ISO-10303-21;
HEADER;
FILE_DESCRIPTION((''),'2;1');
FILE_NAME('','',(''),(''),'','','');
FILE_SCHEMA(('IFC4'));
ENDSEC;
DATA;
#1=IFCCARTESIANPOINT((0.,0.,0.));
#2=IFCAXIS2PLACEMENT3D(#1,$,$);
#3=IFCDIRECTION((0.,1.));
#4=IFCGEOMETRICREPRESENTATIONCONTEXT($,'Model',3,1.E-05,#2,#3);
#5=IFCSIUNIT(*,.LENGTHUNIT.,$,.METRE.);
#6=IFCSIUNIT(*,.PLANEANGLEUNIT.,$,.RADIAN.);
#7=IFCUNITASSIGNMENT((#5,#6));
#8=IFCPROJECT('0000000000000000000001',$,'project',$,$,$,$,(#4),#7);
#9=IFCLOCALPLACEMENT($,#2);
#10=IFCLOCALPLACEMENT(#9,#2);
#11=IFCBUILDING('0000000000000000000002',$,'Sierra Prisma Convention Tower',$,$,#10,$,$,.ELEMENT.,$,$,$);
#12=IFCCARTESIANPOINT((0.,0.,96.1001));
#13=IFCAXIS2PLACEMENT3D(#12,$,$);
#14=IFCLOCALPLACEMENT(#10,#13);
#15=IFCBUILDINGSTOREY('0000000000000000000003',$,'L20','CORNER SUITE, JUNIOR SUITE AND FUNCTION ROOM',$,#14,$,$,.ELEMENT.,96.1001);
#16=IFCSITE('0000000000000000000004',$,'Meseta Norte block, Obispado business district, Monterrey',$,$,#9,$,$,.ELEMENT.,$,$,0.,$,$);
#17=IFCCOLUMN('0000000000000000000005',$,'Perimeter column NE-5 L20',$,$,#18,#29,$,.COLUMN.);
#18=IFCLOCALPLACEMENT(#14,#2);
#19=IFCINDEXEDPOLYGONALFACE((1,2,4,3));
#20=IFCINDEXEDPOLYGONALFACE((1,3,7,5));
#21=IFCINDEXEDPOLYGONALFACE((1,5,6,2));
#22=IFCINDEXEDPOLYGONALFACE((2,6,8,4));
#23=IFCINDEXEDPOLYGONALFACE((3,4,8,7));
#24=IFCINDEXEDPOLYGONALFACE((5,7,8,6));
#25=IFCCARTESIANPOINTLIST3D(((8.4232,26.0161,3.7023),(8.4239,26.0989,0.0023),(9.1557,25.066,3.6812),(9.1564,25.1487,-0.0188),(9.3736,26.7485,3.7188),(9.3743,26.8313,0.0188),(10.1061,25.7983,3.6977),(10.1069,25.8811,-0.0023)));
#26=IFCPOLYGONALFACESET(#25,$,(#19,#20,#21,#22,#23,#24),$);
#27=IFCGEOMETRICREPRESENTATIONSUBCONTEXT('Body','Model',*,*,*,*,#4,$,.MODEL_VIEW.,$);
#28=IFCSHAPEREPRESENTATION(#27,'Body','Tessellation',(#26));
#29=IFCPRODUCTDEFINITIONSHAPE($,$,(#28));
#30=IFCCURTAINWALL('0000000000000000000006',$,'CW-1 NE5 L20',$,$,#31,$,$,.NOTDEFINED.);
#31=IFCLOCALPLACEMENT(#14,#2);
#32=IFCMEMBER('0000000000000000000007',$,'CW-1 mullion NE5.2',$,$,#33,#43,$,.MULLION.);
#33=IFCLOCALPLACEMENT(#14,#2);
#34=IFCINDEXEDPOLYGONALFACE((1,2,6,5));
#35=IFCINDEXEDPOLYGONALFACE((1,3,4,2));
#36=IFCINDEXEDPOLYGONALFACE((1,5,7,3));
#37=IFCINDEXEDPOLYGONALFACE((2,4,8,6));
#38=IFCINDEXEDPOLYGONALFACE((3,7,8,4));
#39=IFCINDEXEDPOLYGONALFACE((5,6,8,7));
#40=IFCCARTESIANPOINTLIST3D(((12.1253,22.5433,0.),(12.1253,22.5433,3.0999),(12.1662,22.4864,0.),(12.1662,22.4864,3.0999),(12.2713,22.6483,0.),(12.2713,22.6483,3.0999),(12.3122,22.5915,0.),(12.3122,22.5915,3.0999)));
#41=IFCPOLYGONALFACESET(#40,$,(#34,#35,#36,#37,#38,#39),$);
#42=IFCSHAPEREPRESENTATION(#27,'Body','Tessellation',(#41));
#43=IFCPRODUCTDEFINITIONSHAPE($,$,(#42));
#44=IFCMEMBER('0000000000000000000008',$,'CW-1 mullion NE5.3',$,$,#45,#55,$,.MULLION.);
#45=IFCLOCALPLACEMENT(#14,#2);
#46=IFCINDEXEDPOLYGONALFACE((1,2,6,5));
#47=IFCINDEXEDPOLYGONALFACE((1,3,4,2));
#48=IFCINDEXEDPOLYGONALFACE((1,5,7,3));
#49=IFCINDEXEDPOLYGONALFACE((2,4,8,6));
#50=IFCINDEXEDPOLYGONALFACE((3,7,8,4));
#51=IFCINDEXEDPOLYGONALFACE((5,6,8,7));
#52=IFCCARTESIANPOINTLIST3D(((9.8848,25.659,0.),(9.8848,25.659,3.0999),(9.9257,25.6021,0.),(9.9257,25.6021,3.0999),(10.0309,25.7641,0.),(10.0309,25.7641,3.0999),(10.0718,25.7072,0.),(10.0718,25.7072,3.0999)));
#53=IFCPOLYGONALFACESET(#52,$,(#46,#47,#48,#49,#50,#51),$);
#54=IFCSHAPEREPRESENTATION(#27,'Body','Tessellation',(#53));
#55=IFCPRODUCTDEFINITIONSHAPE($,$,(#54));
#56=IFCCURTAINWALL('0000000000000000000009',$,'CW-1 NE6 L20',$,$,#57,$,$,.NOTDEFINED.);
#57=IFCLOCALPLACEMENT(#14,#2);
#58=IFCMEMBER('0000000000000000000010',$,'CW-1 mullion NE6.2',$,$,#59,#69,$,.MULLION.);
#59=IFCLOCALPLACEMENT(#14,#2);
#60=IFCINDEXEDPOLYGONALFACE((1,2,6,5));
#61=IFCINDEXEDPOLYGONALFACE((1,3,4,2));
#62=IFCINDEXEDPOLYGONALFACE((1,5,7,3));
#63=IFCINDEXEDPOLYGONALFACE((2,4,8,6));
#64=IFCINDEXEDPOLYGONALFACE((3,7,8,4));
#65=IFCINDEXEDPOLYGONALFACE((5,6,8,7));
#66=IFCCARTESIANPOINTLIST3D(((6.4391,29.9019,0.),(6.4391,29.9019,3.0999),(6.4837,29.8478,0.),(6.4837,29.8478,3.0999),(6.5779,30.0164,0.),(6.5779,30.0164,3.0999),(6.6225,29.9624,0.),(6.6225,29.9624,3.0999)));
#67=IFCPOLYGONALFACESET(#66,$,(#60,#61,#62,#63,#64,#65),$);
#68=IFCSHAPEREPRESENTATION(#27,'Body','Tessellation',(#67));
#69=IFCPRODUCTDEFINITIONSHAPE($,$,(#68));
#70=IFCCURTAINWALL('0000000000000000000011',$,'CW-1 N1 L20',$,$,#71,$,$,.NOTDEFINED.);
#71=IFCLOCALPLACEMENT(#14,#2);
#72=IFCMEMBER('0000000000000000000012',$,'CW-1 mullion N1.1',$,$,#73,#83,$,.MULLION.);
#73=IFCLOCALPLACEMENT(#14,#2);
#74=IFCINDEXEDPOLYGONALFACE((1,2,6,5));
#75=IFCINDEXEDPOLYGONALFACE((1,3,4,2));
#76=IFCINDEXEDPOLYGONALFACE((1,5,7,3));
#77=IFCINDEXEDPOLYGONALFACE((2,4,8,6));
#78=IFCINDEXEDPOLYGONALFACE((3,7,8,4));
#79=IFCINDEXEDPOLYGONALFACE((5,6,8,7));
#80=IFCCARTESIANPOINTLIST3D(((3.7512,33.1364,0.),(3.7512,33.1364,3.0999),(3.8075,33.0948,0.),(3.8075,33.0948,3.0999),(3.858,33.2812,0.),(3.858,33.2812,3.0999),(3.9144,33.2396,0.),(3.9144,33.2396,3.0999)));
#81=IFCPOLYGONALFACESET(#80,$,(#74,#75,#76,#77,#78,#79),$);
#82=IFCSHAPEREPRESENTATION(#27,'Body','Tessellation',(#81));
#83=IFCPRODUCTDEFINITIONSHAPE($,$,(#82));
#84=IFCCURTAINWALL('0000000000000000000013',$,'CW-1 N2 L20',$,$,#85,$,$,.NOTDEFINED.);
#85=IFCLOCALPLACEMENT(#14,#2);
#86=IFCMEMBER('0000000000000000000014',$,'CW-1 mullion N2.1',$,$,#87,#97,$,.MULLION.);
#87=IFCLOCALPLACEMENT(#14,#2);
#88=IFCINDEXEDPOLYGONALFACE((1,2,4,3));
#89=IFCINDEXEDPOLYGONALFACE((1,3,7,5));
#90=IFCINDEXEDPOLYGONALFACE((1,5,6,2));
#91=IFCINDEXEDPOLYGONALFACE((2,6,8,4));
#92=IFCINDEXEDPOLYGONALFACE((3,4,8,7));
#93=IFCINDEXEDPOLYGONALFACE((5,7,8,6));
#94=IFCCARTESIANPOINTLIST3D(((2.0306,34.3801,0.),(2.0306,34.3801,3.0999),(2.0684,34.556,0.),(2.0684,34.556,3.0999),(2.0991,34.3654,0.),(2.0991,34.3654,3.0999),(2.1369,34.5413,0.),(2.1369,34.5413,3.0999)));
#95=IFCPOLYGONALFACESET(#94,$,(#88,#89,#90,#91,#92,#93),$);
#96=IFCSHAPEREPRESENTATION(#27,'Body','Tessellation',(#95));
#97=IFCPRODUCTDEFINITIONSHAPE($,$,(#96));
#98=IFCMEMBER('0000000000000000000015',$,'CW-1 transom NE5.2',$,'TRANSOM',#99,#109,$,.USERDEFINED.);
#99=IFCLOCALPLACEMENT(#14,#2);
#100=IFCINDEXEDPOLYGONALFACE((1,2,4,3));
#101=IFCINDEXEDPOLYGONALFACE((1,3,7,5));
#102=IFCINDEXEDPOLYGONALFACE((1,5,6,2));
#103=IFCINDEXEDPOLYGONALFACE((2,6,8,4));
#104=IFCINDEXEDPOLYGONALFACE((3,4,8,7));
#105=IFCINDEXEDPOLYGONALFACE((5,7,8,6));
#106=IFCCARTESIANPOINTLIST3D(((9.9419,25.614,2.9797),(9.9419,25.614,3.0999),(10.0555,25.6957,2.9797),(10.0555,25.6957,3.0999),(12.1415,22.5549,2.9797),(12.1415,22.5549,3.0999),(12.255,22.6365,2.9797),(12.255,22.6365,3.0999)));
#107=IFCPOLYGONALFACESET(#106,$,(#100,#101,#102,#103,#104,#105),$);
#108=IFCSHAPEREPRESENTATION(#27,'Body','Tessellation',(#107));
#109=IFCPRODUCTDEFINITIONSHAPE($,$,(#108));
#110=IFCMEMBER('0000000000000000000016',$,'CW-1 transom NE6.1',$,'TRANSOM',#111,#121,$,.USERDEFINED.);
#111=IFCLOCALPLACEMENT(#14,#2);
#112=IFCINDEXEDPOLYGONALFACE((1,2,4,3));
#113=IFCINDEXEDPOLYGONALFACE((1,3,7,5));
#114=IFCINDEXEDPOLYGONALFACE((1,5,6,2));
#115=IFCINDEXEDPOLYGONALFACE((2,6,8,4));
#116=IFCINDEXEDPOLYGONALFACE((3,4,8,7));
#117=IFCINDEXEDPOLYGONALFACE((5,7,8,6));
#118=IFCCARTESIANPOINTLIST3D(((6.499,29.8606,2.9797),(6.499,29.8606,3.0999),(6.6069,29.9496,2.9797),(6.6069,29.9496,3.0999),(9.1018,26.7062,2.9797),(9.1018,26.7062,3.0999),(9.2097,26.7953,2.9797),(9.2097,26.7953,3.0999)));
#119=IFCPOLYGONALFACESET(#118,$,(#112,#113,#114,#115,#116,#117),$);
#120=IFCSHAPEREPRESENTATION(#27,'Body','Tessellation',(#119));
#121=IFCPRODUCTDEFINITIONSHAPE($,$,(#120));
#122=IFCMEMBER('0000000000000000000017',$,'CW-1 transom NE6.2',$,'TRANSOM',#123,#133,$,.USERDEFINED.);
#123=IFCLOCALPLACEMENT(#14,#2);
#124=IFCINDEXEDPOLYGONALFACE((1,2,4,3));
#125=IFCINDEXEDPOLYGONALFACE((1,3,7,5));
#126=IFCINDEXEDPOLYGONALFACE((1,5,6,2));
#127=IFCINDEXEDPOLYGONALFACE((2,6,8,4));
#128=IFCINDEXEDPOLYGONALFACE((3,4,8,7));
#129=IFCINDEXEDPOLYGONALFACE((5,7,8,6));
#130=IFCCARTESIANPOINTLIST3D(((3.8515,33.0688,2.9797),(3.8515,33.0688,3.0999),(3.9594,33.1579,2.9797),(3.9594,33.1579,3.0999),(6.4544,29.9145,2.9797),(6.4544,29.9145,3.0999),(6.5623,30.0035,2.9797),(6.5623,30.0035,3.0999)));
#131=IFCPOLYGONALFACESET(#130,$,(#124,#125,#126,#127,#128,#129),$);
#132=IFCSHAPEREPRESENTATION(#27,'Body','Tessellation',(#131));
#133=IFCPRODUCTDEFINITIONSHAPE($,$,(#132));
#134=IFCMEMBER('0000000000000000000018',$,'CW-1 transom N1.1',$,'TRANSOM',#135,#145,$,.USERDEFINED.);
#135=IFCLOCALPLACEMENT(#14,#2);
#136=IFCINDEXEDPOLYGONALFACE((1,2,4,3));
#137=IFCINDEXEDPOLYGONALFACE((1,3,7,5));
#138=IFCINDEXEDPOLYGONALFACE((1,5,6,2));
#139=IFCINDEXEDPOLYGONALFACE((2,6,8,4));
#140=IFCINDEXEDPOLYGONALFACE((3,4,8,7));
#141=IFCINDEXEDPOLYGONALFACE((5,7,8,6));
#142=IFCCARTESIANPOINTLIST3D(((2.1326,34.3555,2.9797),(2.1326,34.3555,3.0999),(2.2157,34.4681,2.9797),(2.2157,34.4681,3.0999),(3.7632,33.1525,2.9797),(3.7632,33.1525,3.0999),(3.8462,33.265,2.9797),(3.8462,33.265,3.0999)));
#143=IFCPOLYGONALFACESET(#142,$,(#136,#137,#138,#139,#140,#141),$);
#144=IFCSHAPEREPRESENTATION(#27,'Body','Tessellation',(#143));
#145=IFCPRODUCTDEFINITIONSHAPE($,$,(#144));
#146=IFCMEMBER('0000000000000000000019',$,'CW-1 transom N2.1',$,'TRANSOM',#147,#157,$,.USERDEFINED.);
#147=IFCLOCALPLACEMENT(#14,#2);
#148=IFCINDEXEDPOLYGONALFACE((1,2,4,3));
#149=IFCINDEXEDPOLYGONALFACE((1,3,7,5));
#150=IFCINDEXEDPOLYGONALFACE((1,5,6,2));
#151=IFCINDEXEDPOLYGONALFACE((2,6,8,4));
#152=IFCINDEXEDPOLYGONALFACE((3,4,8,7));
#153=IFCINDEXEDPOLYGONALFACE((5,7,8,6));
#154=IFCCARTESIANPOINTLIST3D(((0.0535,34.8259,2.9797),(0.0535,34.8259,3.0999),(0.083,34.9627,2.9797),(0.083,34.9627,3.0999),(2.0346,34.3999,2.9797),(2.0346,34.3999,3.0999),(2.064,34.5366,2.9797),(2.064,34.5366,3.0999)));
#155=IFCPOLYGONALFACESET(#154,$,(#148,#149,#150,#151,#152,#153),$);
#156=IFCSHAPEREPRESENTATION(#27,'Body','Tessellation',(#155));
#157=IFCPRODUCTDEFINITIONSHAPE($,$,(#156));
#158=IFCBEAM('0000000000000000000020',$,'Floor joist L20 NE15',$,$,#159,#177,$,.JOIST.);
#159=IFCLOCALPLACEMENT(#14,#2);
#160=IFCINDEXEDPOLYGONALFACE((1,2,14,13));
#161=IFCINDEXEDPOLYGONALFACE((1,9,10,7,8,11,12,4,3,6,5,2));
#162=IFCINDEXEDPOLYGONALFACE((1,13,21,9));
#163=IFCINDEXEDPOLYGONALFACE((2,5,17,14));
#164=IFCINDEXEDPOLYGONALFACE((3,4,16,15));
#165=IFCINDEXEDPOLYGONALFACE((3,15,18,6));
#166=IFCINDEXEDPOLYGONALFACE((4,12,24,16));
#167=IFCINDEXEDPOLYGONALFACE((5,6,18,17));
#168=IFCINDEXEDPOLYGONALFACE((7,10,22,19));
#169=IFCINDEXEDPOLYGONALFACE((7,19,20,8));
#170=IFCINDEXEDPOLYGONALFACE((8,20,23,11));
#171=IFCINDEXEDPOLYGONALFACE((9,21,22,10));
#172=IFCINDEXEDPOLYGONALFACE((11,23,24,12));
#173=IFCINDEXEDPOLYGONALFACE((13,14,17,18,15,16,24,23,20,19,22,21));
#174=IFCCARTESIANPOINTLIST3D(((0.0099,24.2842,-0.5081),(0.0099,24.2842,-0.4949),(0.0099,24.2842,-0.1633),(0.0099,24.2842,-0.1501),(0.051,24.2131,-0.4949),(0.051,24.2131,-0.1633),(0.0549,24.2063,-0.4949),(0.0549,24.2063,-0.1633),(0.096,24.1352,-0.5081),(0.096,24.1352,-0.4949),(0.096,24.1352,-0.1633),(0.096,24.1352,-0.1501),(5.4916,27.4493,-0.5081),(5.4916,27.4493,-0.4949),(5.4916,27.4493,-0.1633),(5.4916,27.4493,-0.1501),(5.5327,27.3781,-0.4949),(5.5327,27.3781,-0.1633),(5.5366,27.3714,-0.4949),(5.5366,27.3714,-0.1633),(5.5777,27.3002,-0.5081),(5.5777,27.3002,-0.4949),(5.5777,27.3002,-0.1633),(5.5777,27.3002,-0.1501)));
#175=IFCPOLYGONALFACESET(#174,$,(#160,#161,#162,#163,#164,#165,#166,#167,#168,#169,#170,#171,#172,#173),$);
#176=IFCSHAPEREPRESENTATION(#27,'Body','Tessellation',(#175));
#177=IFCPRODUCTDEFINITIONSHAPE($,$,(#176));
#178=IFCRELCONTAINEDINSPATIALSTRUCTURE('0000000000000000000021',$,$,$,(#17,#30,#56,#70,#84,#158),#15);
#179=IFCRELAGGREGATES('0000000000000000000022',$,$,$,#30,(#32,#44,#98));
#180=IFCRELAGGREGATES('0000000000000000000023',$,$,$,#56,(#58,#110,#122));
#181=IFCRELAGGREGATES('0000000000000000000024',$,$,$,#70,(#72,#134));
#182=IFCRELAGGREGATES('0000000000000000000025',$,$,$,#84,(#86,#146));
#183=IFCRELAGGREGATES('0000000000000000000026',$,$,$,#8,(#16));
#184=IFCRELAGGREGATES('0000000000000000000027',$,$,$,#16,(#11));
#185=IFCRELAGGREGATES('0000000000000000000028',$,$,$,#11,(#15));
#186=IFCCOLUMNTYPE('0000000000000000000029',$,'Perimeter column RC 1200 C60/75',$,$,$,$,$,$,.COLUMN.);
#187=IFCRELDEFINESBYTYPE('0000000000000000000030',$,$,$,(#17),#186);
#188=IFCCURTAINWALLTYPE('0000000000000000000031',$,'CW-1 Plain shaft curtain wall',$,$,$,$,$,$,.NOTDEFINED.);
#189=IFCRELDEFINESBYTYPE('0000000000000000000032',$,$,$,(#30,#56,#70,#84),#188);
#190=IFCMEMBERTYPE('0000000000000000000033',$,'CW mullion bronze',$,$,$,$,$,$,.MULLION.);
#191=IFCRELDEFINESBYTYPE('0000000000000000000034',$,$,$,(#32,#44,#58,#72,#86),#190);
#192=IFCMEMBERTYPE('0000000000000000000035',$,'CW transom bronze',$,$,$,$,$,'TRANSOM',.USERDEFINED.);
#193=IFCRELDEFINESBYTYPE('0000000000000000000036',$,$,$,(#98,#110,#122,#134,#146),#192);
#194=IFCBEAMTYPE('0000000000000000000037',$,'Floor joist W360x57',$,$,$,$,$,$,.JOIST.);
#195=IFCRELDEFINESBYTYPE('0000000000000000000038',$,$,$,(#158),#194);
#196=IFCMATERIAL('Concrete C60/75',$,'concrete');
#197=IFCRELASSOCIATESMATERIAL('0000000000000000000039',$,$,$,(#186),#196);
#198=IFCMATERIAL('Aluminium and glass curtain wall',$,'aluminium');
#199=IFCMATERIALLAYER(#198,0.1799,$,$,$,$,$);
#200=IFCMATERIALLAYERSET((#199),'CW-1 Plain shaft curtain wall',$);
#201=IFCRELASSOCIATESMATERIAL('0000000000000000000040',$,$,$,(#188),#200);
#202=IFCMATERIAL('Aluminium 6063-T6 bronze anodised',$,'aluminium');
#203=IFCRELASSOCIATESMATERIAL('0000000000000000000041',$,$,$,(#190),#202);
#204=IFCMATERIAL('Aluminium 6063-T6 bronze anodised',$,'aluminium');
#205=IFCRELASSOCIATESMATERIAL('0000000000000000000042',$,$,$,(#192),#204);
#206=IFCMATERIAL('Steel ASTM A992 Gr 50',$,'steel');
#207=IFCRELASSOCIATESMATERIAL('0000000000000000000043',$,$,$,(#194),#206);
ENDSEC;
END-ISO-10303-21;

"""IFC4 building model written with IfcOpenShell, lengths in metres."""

from ifc_helpers import new_model, si_unit, direction, frame, origin, origin_2d, place, context, subcontext, project, spatial, rectangle, i_section, extrude, material, layer, layer_set, material_profile, profile_set, type_object, element, aggregate, save


model = new_model("IFC4")

# Units and contexts
model_context = context("Model", 3, precision=1e-05, world=origin(), true_north=direction((0.0, 1.0)))
body_context = subcontext(model_context, "Body", "Model", "MODEL_VIEW")
ifc_project = project(units=[si_unit("LENGTHUNIT", "METRE"), si_unit("PLANEANGLEUNIT", "RADIAN")], contexts=[model_context])

# Site, building, storey
site_placement = place(None, origin())
site = spatial("IfcSite", under=ifc_project, at=site_placement, Name="Meseta Norte block, Obispado business district, Monterrey", CompositionType="ELEMENT", RefElevation=0.0)
building_placement = place(site_placement, origin())
building = spatial("IfcBuilding", under=site, at=building_placement, Name="Sierra Prisma Convention Tower", CompositionType="ELEMENT")
storey_placement = place(building_placement, frame((0.0, 0.0, 96.1001)))
storey = spatial("IfcBuildingStorey", under=building, at=storey_placement, Name="L20", Description="CORNER SUITE, JUNIOR SUITE AND FUNCTION ROOM", CompositionType="ELEMENT", Elevation=96.1001)

# Column
ifc_material_1 = material(Name="Concrete C60/75", Category="concrete")
ifc_material_profile_1 = material_profile(ifc_material_1, rectangle(XDim=1.2, YDim=1.2, at=origin_2d()), Name="Perimeter column RC 1200 C60/75")
ifc_profile_set_1 = profile_set([ifc_material_profile_1], Name="Concrete C60/75")
column_type = type_object("IfcColumnType", Name="Perimeter column RC 1200 C60/75", PredefinedType="COLUMN", material=ifc_profile_set_1)
column_placement = place(storey_placement, frame((9.2654, 25.99, 0.0), z_axis=(-0.000198, -0.022363, 0.99975), x_axis=(-0.610473, 0.791842, 0.017592)))
element("IfcColumn", 1, at=column_placement, inside=storey, type_object=column_type, Name="Perimeter column NE-5 L20", PredefinedType="COLUMN", context=body_context, shape_type="SweptSolid", body=[
    extrude(rectangle(XDim=1.2, YDim=1.2, at=origin_2d()), origin(), (0.0, 0.0, 1.0), 3.7009),
])

# Curtain wall, members
ifc_material_2 = material(Name="Aluminium and glass curtain wall", Category="aluminium")
ifc_layer_1 = layer(ifc_material_2, 0.1799)
ifc_layer_set_1 = layer_set([ifc_layer_1], Name="CW-1 Plain shaft curtain wall")
curtain_wall_type = type_object("IfcCurtainWallType", Name="CW-1 Plain shaft curtain wall", PredefinedType="NOTDEFINED", material=ifc_layer_set_1)
curtain_wall_1_placement = place(storey_placement, origin())
curtain_wall_1 = element("IfcCurtainWall", 2, at=curtain_wall_1_placement, inside=storey, type_object=curtain_wall_type, Name="CW-1 NE5 L20", PredefinedType="NOTDEFINED")
ifc_material_3 = material(Name="Aluminium 6063-T6 bronze anodised", Category="aluminium")
ifc_material_profile_2 = material_profile(ifc_material_3, rectangle(XDim=0.1799, YDim=0.0701, at=origin_2d()), Name="ALU MULLION 70x180")
ifc_profile_set_2 = profile_set([ifc_material_profile_2], Name="Aluminium 6063-T6 bronze anodised")
member_type_1 = type_object("IfcMemberType", Name="CW mullion bronze", PredefinedType="MULLION", material=ifc_profile_set_2)
member_1_placement = place(storey_placement, frame((12.2188, 22.5674, 0.0), z_axis=(0.0, 0.0, 1.0), x_axis=(-0.811902, -0.583793, 0.0)))
member_1 = element("IfcMember", 3, at=member_1_placement, type_object=member_type_1, Name="CW-1 mullion NE5.2", PredefinedType="MULLION", context=body_context, shape_type="SweptSolid", body=[
    extrude(rectangle(XDim=0.1799, YDim=0.0701, at=origin_2d()), origin(), (0.0, 0.0, 1.0), 3.0999),
])
member_2_placement = place(storey_placement, frame((9.9783, 25.6831, 0.0), z_axis=(0.0, 0.0, 1.0), x_axis=(-0.811902, -0.583793, 0.0)))
member_2 = element("IfcMember", 4, at=member_2_placement, type_object=member_type_1, Name="CW-1 mullion NE5.3", PredefinedType="MULLION", context=body_context, shape_type="SweptSolid", body=[
    extrude(rectangle(XDim=0.1799, YDim=0.0701, at=origin_2d()), origin(), (0.0, 0.0, 1.0), 3.0999),
])

# Curtain walls, members
curtain_wall_2_placement = place(storey_placement, origin())
curtain_wall_2 = element("IfcCurtainWall", 5, at=curtain_wall_2_placement, inside=storey, type_object=curtain_wall_type, Name="CW-1 NE6 L20", PredefinedType="NOTDEFINED")
member_3_placement = place(storey_placement, frame((6.5308, 29.9321, 0.0), z_axis=(0.0, 0.0, 1.0), x_axis=(-0.771295, -0.636477, 0.0)))
member_3 = element("IfcMember", 6, at=member_3_placement, type_object=member_type_1, Name="CW-1 mullion NE6.2", PredefinedType="MULLION", context=body_context, shape_type="SweptSolid", body=[
    extrude(rectangle(XDim=0.1799, YDim=0.0701, at=origin_2d()), origin(), (0.0, 0.0, 1.0), 3.0999),
])
curtain_wall_3_placement = place(storey_placement, origin())
curtain_wall_3 = element("IfcCurtainWall", 7, at=curtain_wall_3_placement, inside=storey, type_object=curtain_wall_type, Name="CW-1 N1 L20", PredefinedType="NOTDEFINED")
member_4_placement = place(storey_placement, frame((3.8328, 33.188, 0.0), z_axis=(0.0, 0.0, 1.0), x_axis=(-0.593746, -0.804652, 0.0)))
member_4 = element("IfcMember", 8, at=member_4_placement, type_object=member_type_1, Name="CW-1 mullion N1.1", PredefinedType="MULLION", context=body_context, shape_type="SweptSolid", body=[
    extrude(rectangle(XDim=0.1799, YDim=0.0701, at=origin_2d()), origin(), (0.0, 0.0, 1.0), 3.0999),
])
curtain_wall_4_placement = place(storey_placement, origin())
curtain_wall_4 = element("IfcCurtainWall", 9, at=curtain_wall_4_placement, inside=storey, type_object=curtain_wall_type, Name="CW-1 N2 L20", PredefinedType="NOTDEFINED")
member_5_placement = place(storey_placement, frame((2.0837, 34.4607, 0.0), z_axis=(0.0, 0.0, 1.0), x_axis=(-0.21032, -0.977633, 0.0)))
member_5 = element("IfcMember", 10, at=member_5_placement, type_object=member_type_1, Name="CW-1 mullion N2.1", PredefinedType="MULLION", context=body_context, shape_type="SweptSolid", body=[
    extrude(rectangle(XDim=0.1799, YDim=0.0701, at=origin_2d()), origin(), (0.0, 0.0, 1.0), 3.0999),
])

# Members
ifc_material_4 = material(Name="Aluminium 6063-T6 bronze anodised", Category="aluminium")
ifc_material_profile_3 = material_profile(ifc_material_4, rectangle(XDim=0.1399, YDim=0.1201, at=origin_2d()), Name="ALU TRANSOM 120x140")
ifc_profile_set_3 = profile_set([ifc_material_profile_3], Name="Aluminium 6063-T6 bronze anodised")
member_type_2 = type_object("IfcMemberType", Name="CW transom bronze", ElementType="TRANSOM", PredefinedType="USERDEFINED", material=ifc_profile_set_3)
member_6_placement = place(storey_placement, frame((12.1982, 22.5957, 3.0398), z_axis=(-0.583767, 0.811921, 0.0), x_axis=(-0.811921, -0.583767, 0.0)))
member_6 = element("IfcMember", 11, at=member_6_placement, type_object=member_type_2, Name="CW-1 transom NE5.2", ObjectType="TRANSOM", PredefinedType="USERDEFINED", context=body_context, shape_type="SweptSolid", body=[
    extrude(rectangle(XDim=0.1399, YDim=0.1201, at=origin_2d()), origin(), (0.0, 0.0, 1.0), 3.7678),
])
member_7_placement = place(storey_placement, frame((9.1558, 26.7507, 3.0398), z_axis=(-0.636454, 0.771315, 0.0), x_axis=(-0.771315, -0.636454, 0.0)))
member_7 = element("IfcMember", 12, at=member_7_placement, type_object=member_type_2, Name="CW-1 transom NE6.1", ObjectType="TRANSOM", PredefinedType="USERDEFINED", context=body_context, shape_type="SweptSolid", body=[
    extrude(rectangle(XDim=0.1399, YDim=0.1201, at=origin_2d()), origin(), (0.0, 0.0, 1.0), 4.0896),
])
member_8_placement = place(storey_placement, frame((6.5083, 29.959, 3.0398), z_axis=(-0.636454, 0.771315, 0.0), x_axis=(-0.771315, -0.636454, 0.0)))
member_8 = element("IfcMember", 13, at=member_8_placement, type_object=member_type_2, Name="CW-1 transom NE6.2", ObjectType="TRANSOM", PredefinedType="USERDEFINED", context=body_context, shape_type="SweptSolid", body=[
    extrude(rectangle(XDim=0.1399, YDim=0.1201, at=origin_2d()), origin(), (0.0, 0.0, 1.0), 4.0896),
])
member_9_placement = place(storey_placement, frame((3.8047, 33.2087, 3.0398), z_axis=(-0.804674, 0.593717, 0.0), x_axis=(-0.593717, -0.804674, 0.0)))
member_9 = element("IfcMember", 14, at=member_9_placement, type_object=member_type_2, Name="CW-1 transom N1.1", ObjectType="TRANSOM", PredefinedType="USERDEFINED", context=body_context, shape_type="SweptSolid", body=[
    extrude(rectangle(XDim=0.1399, YDim=0.1201, at=origin_2d()), origin(), (0.0, 0.0, 1.0), 2.0264),
])
member_10_placement = place(storey_placement, frame((2.0493, 34.4683, 3.0398), z_axis=(-0.977647, 0.210253, 0.0), x_axis=(-0.210253, -0.977647, 0.0)))
member_10 = element("IfcMember", 15, at=member_10_placement, type_object=member_type_2, Name="CW-1 transom N2.1", ObjectType="TRANSOM", PredefinedType="USERDEFINED", context=body_context, shape_type="SweptSolid", body=[
    extrude(rectangle(XDim=0.1399, YDim=0.1201, at=origin_2d()), origin(), (0.0, 0.0, 1.0), 2.0264),
])

# Beam
ifc_material_5 = material(Name="Steel ASTM A992 Gr 50", Category="steel")
ifc_material_profile_4 = material_profile(ifc_material_5, i_section(OverallWidth=0.1721, OverallDepth=0.3579, WebThickness=0.0078, FlangeThickness=0.0132, at=origin_2d()), Name="W360x57")
ifc_profile_set_4 = profile_set([ifc_material_profile_4], Name="Steel ASTM A992 Gr 50")
beam_type_1 = type_object("IfcBeamType", Name="Floor joist W360x57", PredefinedType="JOIST", material=ifc_profile_set_4)
beam_1_placement = place(storey_placement, frame((5.5347, 27.3748, -0.3291), z_axis=(-0.866013, -0.500022, 0.0), x_axis=(0.500022, -0.866013, 0.0)))
element("IfcBeam", 16, at=beam_1_placement, inside=storey, type_object=beam_type_1, Name="Floor joist L20 NE15", PredefinedType="JOIST", context=body_context, shape_type="SweptSolid", body=[
    extrude(i_section(OverallWidth=0.1721, OverallDepth=0.3579, WebThickness=0.0078, FlangeThickness=0.0132, at=origin_2d()), origin(), (0.0, 0.0, 1.0), 6.3298),
])

aggregate(curtain_wall_1, [member_1, member_2, member_6])
aggregate(curtain_wall_2, [member_3, member_7, member_8])
aggregate(curtain_wall_3, [member_4, member_9])
aggregate(curtain_wall_4, [member_5, member_10])

save(model, "model.ifc")
